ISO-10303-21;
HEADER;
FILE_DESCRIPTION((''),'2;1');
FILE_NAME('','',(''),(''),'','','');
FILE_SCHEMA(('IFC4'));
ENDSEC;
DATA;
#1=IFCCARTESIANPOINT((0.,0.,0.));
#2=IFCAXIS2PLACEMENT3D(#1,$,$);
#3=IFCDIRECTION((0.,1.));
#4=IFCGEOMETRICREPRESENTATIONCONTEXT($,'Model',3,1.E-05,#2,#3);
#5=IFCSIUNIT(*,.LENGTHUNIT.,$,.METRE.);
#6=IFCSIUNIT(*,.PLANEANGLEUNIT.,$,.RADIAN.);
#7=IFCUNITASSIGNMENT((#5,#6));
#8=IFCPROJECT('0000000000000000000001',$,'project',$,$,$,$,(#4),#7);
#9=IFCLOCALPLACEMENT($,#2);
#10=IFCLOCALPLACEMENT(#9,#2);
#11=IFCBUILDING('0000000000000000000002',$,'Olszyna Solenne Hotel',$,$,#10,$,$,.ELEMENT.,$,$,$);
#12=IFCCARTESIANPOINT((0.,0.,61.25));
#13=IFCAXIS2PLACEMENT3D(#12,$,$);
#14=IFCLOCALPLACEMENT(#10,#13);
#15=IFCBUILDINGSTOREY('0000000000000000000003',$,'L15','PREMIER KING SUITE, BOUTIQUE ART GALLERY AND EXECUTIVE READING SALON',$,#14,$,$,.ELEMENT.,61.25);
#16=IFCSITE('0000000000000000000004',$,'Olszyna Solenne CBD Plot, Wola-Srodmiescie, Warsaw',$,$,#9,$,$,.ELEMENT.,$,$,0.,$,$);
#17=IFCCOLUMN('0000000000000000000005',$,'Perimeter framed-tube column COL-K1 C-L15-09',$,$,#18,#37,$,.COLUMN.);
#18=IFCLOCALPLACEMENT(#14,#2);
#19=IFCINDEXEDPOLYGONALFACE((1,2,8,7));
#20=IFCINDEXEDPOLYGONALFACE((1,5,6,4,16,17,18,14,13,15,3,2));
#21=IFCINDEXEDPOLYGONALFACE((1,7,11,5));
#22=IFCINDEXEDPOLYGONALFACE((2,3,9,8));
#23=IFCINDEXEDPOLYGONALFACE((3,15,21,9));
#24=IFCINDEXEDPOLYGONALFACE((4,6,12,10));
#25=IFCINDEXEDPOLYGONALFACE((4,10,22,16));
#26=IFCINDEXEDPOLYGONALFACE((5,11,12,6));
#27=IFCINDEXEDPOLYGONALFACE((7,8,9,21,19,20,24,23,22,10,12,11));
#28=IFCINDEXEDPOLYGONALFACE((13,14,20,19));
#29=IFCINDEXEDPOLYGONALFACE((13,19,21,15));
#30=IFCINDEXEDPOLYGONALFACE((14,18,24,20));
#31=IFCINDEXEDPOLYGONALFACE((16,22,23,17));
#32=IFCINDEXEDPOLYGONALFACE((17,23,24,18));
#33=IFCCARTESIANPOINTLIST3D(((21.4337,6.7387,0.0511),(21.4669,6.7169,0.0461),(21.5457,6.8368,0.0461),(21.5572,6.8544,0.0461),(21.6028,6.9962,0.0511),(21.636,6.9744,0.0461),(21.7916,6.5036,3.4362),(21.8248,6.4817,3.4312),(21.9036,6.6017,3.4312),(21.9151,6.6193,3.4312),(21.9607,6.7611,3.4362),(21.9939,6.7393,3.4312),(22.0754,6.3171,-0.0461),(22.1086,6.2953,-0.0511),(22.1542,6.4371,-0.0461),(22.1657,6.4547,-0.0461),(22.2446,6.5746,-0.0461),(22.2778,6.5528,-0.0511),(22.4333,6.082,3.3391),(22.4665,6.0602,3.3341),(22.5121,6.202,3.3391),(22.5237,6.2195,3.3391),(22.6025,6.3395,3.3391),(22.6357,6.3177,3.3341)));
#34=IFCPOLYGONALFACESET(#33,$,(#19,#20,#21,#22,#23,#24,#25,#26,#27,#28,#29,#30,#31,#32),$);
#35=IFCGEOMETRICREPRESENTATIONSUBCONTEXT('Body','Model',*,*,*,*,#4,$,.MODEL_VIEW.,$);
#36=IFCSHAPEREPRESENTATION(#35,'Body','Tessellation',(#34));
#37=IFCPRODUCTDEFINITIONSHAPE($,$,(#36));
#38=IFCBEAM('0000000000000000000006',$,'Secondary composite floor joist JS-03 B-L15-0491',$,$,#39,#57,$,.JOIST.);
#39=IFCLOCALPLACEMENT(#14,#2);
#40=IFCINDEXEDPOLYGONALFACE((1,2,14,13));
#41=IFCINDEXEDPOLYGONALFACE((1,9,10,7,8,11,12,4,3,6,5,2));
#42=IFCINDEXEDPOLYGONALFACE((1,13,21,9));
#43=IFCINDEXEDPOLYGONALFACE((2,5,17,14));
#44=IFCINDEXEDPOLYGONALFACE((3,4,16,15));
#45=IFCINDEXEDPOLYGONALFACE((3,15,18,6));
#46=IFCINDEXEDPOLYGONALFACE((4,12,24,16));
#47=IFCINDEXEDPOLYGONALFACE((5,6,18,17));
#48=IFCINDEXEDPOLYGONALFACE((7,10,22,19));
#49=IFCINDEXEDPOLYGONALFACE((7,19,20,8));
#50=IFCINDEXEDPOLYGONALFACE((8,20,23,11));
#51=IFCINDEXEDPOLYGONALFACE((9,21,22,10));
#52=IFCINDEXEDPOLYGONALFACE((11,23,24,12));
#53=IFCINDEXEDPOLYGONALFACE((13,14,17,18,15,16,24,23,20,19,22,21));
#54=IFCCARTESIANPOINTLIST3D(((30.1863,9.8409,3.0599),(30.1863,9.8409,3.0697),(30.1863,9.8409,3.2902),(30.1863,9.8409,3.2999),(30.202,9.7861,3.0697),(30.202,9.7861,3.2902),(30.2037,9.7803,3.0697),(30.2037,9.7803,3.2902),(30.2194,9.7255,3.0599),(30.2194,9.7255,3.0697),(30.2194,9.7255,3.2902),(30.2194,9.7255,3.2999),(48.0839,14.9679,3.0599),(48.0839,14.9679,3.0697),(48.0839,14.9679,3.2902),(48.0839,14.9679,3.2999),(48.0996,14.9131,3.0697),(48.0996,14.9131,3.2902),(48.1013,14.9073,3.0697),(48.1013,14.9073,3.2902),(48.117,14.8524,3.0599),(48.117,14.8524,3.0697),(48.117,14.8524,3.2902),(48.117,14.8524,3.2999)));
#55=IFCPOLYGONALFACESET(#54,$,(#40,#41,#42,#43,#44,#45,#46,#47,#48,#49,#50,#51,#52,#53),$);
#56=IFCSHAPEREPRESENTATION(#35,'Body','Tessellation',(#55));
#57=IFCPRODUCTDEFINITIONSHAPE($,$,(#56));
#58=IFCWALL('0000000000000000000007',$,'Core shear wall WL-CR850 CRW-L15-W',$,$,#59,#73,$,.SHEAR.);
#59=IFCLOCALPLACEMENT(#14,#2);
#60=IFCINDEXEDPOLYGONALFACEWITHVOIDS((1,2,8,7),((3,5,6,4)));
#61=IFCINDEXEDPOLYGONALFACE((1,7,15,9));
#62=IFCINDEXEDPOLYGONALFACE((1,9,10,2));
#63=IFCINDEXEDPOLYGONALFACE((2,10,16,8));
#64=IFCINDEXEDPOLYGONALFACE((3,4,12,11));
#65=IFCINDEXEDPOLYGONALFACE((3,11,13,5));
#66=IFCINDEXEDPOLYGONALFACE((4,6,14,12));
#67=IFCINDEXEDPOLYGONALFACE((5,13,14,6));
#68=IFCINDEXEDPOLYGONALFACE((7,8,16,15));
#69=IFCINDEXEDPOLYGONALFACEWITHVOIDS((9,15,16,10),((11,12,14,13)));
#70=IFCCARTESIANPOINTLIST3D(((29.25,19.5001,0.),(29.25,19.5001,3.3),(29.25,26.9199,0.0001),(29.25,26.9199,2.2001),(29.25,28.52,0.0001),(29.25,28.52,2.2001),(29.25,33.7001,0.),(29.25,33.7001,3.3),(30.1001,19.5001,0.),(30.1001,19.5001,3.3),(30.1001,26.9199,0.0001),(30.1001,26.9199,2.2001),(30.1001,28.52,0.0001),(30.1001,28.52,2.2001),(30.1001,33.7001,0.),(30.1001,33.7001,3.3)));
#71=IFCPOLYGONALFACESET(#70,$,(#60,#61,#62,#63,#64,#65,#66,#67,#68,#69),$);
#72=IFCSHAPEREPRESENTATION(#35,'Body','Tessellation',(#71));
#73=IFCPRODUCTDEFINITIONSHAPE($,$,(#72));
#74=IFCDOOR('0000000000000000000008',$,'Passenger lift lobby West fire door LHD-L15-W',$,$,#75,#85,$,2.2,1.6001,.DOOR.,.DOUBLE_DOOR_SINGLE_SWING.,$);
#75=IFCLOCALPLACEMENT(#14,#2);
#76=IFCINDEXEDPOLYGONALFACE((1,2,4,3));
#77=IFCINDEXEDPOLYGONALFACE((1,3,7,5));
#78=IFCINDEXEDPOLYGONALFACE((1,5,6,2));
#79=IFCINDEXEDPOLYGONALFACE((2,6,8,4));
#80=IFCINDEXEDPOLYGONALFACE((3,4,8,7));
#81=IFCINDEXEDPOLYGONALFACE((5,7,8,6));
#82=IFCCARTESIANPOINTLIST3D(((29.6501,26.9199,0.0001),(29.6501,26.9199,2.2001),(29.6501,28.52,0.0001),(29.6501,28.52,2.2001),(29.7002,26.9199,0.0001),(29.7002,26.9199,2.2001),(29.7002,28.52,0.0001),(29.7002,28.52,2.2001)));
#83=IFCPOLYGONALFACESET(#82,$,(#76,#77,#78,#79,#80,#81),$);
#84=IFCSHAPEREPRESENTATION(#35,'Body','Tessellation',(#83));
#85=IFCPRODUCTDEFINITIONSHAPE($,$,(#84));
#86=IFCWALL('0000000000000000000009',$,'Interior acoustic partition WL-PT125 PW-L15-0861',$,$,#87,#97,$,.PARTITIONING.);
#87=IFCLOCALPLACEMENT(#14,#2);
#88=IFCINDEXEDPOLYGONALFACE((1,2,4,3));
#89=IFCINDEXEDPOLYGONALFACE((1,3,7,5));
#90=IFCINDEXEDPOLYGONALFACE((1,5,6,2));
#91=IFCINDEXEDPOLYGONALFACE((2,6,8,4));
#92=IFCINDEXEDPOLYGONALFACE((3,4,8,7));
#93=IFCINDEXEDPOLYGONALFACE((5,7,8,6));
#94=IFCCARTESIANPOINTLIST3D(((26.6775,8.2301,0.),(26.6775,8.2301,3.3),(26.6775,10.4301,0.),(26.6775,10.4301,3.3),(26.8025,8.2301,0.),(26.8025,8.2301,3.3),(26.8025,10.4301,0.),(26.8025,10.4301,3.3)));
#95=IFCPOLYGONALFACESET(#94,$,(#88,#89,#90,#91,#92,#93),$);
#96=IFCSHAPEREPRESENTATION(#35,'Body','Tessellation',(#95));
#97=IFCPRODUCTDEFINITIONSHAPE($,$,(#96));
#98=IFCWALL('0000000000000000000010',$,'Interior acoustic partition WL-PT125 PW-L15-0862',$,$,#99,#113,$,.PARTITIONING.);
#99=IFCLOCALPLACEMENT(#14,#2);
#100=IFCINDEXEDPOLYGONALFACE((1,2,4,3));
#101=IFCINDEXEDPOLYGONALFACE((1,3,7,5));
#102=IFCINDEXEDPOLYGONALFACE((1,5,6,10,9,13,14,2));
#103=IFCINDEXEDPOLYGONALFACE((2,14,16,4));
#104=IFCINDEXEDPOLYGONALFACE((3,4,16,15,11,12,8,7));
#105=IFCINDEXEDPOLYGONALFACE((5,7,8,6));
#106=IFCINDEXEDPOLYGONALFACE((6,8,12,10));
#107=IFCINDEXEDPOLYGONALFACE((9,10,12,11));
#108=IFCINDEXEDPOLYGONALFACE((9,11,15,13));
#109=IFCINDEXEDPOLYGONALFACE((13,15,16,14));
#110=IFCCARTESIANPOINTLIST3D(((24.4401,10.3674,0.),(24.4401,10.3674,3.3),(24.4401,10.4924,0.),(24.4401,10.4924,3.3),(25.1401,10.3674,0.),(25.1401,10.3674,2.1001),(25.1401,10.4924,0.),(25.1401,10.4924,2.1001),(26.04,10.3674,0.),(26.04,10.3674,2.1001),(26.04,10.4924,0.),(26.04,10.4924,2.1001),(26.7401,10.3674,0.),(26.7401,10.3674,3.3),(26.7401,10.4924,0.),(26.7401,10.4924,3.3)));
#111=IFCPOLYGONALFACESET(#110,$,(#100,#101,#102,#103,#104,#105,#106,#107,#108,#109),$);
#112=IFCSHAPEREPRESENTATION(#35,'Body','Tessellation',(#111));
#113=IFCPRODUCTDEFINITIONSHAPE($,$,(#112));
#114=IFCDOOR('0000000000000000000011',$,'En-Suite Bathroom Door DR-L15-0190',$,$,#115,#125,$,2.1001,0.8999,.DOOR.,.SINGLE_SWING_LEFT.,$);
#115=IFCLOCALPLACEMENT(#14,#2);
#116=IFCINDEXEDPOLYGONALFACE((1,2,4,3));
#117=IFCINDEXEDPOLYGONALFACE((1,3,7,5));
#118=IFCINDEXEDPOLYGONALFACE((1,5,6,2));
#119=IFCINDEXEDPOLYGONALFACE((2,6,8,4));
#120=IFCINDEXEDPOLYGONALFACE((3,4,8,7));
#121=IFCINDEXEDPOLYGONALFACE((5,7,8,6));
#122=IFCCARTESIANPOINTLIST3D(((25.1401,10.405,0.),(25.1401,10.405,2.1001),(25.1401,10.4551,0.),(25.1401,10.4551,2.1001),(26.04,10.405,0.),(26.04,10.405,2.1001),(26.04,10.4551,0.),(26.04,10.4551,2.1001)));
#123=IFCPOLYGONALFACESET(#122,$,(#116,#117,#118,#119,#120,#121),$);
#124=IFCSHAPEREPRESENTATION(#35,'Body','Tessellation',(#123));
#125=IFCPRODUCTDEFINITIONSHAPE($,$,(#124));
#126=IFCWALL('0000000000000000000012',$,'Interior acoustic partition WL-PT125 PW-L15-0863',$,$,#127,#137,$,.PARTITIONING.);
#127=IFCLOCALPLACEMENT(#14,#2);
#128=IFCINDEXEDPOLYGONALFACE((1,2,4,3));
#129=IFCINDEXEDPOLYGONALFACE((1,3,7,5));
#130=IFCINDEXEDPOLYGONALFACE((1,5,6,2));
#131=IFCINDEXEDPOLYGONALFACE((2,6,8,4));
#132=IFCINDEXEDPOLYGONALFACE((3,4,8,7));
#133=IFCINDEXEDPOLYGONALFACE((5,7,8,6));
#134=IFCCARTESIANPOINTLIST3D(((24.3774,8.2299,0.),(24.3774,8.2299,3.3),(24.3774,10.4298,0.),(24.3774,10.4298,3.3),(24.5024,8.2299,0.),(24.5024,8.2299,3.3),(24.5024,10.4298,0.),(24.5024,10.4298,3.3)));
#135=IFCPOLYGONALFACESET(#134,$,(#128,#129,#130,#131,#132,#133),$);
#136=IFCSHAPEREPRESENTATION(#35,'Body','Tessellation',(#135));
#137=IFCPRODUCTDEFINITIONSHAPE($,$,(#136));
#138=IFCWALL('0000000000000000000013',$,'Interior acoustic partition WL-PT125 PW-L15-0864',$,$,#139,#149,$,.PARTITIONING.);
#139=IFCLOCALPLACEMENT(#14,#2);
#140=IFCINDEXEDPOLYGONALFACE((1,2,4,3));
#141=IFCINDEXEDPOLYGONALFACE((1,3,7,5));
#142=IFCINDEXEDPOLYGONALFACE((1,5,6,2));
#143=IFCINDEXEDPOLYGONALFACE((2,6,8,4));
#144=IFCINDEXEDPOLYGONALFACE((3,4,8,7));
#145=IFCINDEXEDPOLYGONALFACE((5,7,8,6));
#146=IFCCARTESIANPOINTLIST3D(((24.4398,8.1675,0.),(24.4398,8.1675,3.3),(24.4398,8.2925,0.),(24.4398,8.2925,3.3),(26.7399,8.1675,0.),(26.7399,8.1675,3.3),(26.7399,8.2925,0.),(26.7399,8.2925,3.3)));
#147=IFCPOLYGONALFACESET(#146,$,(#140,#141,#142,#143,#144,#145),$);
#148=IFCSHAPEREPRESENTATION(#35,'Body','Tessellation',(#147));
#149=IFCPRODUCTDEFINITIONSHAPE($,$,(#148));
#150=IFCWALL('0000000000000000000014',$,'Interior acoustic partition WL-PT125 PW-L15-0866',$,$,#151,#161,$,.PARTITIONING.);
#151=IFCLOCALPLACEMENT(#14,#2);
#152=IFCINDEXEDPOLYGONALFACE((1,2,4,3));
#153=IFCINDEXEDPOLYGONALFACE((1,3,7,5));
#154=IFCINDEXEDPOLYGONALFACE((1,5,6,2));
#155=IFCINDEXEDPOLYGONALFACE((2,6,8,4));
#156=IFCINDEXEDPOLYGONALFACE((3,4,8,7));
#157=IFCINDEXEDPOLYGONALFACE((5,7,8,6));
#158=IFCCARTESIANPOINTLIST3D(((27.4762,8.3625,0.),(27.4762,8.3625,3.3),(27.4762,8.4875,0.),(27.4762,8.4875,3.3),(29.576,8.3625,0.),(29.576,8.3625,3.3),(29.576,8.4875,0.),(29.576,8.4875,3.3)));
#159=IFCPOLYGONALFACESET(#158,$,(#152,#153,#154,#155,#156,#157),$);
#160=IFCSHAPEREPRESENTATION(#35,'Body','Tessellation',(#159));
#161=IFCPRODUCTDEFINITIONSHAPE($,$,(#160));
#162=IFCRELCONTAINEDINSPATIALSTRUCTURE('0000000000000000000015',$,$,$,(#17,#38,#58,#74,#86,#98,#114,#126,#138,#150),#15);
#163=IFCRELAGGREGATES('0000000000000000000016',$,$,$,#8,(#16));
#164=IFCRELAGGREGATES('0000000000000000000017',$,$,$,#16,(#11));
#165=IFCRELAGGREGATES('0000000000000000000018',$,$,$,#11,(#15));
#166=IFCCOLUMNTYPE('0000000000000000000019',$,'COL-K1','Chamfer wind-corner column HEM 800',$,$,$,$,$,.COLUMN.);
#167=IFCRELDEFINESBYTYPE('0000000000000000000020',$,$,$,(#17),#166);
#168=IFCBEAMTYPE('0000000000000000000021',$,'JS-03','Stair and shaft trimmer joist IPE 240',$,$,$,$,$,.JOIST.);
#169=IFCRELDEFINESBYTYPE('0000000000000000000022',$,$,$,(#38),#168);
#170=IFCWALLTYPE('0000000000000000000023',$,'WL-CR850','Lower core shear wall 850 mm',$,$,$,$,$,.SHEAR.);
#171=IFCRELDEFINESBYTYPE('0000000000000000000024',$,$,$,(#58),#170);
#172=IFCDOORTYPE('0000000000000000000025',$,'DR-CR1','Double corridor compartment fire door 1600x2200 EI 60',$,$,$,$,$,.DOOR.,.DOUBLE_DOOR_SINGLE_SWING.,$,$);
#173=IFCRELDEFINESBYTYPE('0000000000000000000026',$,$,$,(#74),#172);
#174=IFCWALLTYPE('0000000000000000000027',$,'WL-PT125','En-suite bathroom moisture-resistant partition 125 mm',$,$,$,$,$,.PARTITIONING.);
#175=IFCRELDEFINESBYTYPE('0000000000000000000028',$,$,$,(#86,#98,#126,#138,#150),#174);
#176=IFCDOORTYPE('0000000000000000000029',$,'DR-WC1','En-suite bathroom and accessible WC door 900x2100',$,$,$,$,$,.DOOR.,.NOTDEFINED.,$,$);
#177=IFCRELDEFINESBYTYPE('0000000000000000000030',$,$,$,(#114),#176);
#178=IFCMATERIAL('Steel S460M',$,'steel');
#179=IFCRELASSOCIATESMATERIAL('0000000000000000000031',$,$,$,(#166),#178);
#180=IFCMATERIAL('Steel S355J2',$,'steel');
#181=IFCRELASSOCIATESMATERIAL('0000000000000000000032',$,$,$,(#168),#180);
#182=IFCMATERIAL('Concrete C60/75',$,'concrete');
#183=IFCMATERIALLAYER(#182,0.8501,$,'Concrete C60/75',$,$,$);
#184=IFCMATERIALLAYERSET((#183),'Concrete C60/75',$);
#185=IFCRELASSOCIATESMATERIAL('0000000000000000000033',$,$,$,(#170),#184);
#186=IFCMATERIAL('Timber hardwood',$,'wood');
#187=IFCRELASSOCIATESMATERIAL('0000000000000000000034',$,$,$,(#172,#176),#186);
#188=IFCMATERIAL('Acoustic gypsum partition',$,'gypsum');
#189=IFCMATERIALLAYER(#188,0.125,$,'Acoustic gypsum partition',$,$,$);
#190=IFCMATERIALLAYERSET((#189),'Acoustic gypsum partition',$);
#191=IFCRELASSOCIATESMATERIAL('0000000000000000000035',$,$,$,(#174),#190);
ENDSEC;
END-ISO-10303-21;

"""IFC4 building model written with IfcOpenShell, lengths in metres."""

from ifc_helpers import new_model, si_unit, direction, frame, frame_2d, origin, origin_2d, place, context, subcontext, project, spatial, rectangle, i_section, extrude, source, transform, mapped, material, layer, layer_set, material_profile, profile_set, type_object, type_shapes, element, fill, save


model = new_model("IFC4")

# Units and contexts
model_context = context("Model", 3, precision=1e-05, world=origin(), true_north=direction((0.0, 1.0)))
body_context = subcontext(model_context, "Body", "Model", "MODEL_VIEW")
ifc_project = project(units=[si_unit("LENGTHUNIT", "METRE"), si_unit("PLANEANGLEUNIT", "RADIAN")], contexts=[model_context])

# Site, building, storey
site_placement = place(None, origin())
site = spatial("IfcSite", under=ifc_project, at=site_placement, Name="Olszyna Solenne CBD Plot, Wola-Srodmiescie, Warsaw", CompositionType="ELEMENT", RefElevation=0.0)
building_placement = place(site_placement, origin())
building = spatial("IfcBuilding", under=site, at=building_placement, Name="Olszyna Solenne Hotel", CompositionType="ELEMENT")
storey_placement = place(building_placement, frame((0.0, 0.0, 61.25)))
storey = spatial("IfcBuildingStorey", under=building, at=storey_placement, Name="L15", Description="PREMIER KING SUITE, BOUTIQUE ART GALLERY AND EXECUTIVE READING SALON", CompositionType="ELEMENT", Elevation=61.25)

# Column
ifc_material_1 = material(Name="Steel S460M", Category="steel")
ifc_material_profile_1 = material_profile(ifc_material_1, i_section(OverallWidth=0.3081, OverallDepth=0.814, WebThickness=0.021, FlangeThickness=0.04, at=origin_2d()), Name="HEM 800", Category="load-bearing")
ifc_profile_set_1 = profile_set([ifc_material_profile_1], Name="Steel S460M")
column_type = type_object("IfcColumnType", Name="COL-K1", Description="Chamfer wind-corner column HEM 800", PredefinedType="COLUMN", material=ifc_profile_set_1)
shared_shape_1 = source(origin(), body_context, "Body", "SweptSolid", [
    extrude(i_section(OverallWidth=0.3081, OverallDepth=0.814, WebThickness=0.021, FlangeThickness=0.04, at=origin_2d()), origin(), (0.0, 0.0, 1.0), 3.4121),
])
column_placement = place(storey_placement, frame((21.8557, 6.6458, 0.0), z_axis=(0.104898, -0.068906, 0.992093), x_axis=(0.54903, 0.835803, 0.0)))
element("IfcColumn", 1, at=column_placement, inside=storey, type_object=column_type, Name="Perimeter framed-tube column COL-K1 C-L15-09", PredefinedType="COLUMN", context=body_context, shape_type="MappedRepresentation", body=[
    mapped(shared_shape_1, transform((0.0, 0.0, 0.0), x_axis=(1.0, 0.0, 0.0), y_axis=(0.0, 1.0, 0.0), z_axis=(0.0, 0.0, 1.0), scale=1.0)),
])

# Beam
ifc_material_2 = material(Name="Steel S355J2", Category="steel")
ifc_material_profile_2 = material_profile(ifc_material_2, i_section(OverallWidth=0.1201, OverallDepth=0.24, WebThickness=0.0061, FlangeThickness=0.0098, at=origin_2d()), Name="IPE 240", Category="load-bearing")
ifc_profile_set_2 = profile_set([ifc_material_profile_2], Name="Steel S355J2")
beam_type = type_object("IfcBeamType", Name="JS-03", Description="Stair and shaft trimmer joist IPE 240", PredefinedType="JOIST", material=ifc_profile_set_2)
shared_shape_2 = source(origin(), body_context, "Body", "SweptSolid", [
    extrude(i_section(OverallWidth=0.1201, OverallDepth=0.24, WebThickness=0.0061, FlangeThickness=0.0098, at=origin_2d()), origin(), (0.0, 0.0, 1.0), 18.6174),
])
beam_placement = place(storey_placement, frame((30.2029, 9.7832, 3.1799), z_axis=(0.961334, 0.275386, 0.0), x_axis=(-0.275386, 0.961334, 0.0)))
element("IfcBeam", 2, at=beam_placement, inside=storey, type_object=beam_type, Name="Secondary composite floor joist JS-03 B-L15-0491", PredefinedType="JOIST", context=body_context, shape_type="MappedRepresentation", body=[
    mapped(shared_shape_2, transform((0.0, 0.0, 0.0), x_axis=(1.0, 0.0, 0.0), y_axis=(0.0, 1.0, 0.0), z_axis=(0.0, 0.0, 1.0), scale=1.0)),
])

# Wall, opening, door
ifc_material_3 = material(Name="Concrete C60/75", Category="concrete")
ifc_layer_1 = layer(ifc_material_3, 0.8501, Name="Concrete C60/75")
ifc_layer_set_1 = layer_set([ifc_layer_1], Name="Concrete C60/75")
wall_type_1 = type_object("IfcWallType", Name="WL-CR850", Description="Lower core shear wall 850 mm", PredefinedType="SHEAR", material=ifc_layer_set_1)
wall_1_placement = place(storey_placement, frame((29.675, 19.5, 0.0), z_axis=(0.0, 0.0, 1.0), x_axis=(0.0, 1.0, 0.0)))
wall_1 = element("IfcWall", 3, at=wall_1_placement, inside=storey, type_object=wall_type_1, Name="Core shear wall WL-CR850 CRW-L15-W", PredefinedType="SHEAR", context=body_context, shape_type="SweptSolid", body=[
    extrude(rectangle(XDim=14.2, YDim=0.8501, at=frame_2d((7.1001, 0.0))), origin(), (0.0, 0.0, 1.0), 3.3),
])
opening_1_placement = place(wall_1_placement, frame((7.4199, 0.0, 0.0)))
opening_1 = element("IfcOpeningElement", 4, at=opening_1_placement, cuts=wall_1, PredefinedType="OPENING", context=body_context, shape_type="SweptSolid", body=[
    extrude(rectangle(XDim=1.6001, YDim=2.2, at=frame_2d((0.8, 1.1001))), frame((0.0, 0.4351, 0.0), z_axis=(0.0, -1.0, 0.0), x_axis=(1.0, 0.0, 0.0)), (0.0, 0.0, 1.0), 0.8701),
])
ifc_material_4 = material(Name="Timber hardwood", Category="wood")
door_type_1 = type_object("IfcDoorType", Name="DR-CR1", Description="Double corridor compartment fire door 1600x2200 EI 60", OperationType="DOUBLE_DOOR_SINGLE_SWING", PredefinedType="DOOR", material=ifc_material_4)
shared_shape_3 = source(origin(), body_context, "Body", "SweptSolid", [
    extrude(rectangle(XDim=1.6001, YDim=2.2, at=frame_2d((0.8, 1.1001))), frame((0.0, 0.0249, 0.0), z_axis=(0.0, -1.0, 0.0), x_axis=(1.0, 0.0, 0.0)), (0.0, 0.0, 1.0), 0.05),
])
type_shapes(door_type_1, [shared_shape_3])
door_1_placement = place(opening_1_placement, origin())
door_1 = element("IfcDoor", 5, at=door_1_placement, inside=storey, type_object=door_type_1, Name="Passenger lift lobby West fire door LHD-L15-W", OperationType="DOUBLE_DOOR_SINGLE_SWING", OverallHeight=2.2, OverallWidth=1.6001, PredefinedType="DOOR", context=body_context, shape_type="MappedRepresentation", body=[
    mapped(shared_shape_3, transform((0.0, 0.0, 0.0), x_axis=(1.0, 0.0, 0.0), y_axis=(0.0, 1.0, 0.0), z_axis=(0.0, 0.0, 1.0), scale=1.0)),
])
fill(opening_1, door_1)

# Wall
ifc_material_5 = material(Name="Acoustic gypsum partition", Category="gypsum")
ifc_layer_2 = layer(ifc_material_5, 0.125, Name="Acoustic gypsum partition")
ifc_layer_set_2 = layer_set([ifc_layer_2], Name="Acoustic gypsum partition")
wall_type_2 = type_object("IfcWallType", Name="WL-PT125", Description="En-suite bathroom moisture-resistant partition 125 mm", PredefinedType="PARTITIONING", material=ifc_layer_set_2)
wall_2_placement = place(storey_placement, frame((26.74, 8.23, 0.0), z_axis=(0.0, 0.0, 1.0), x_axis=(0.0, 1.0, 0.0)))
element("IfcWall", 6, at=wall_2_placement, inside=storey, type_object=wall_type_2, Name="Interior acoustic partition WL-PT125 PW-L15-0861", PredefinedType="PARTITIONING", context=body_context, shape_type="SweptSolid", body=[
    extrude(rectangle(XDim=2.2, YDim=0.125, at=frame_2d((1.1001, 0.0))), origin(), (0.0, 0.0, 1.0), 3.3),
])

# Wall, opening, door
wall_3_placement = place(storey_placement, frame((26.74, 10.4299, 0.0), z_axis=(0.0, 0.0, 1.0), x_axis=(-1.0, 0.0, 0.0)))
wall_3 = element("IfcWall", 7, at=wall_3_placement, inside=storey, type_object=wall_type_2, Name="Interior acoustic partition WL-PT125 PW-L15-0862", PredefinedType="PARTITIONING", context=body_context, shape_type="SweptSolid", body=[
    extrude(rectangle(XDim=2.3, YDim=0.125, at=frame_2d((1.1499, 0.0))), origin(), (0.0, 0.0, 1.0), 3.3),
])
opening_2_placement = place(wall_3_placement, frame((0.7, 0.0, 0.0)))
opening_2 = element("IfcOpeningElement", 8, at=opening_2_placement, cuts=wall_3, PredefinedType="OPENING", context=body_context, shape_type="SweptSolid", body=[
    extrude(rectangle(XDim=0.8999, YDim=2.1001, at=frame_2d((0.45, 1.05))), frame((0.0, 0.0725, 0.0), z_axis=(0.0, -1.0, 0.0), x_axis=(1.0, 0.0, 0.0)), (0.0, 0.0, 1.0), 0.145),
])
door_type_2 = type_object("IfcDoorType", Name="DR-WC1", Description="En-suite bathroom and accessible WC door 900x2100", OperationType="NOTDEFINED", PredefinedType="DOOR", material=ifc_material_4)
shared_shape_4 = source(origin(), body_context, "Body", "SweptSolid", [
    extrude(rectangle(XDim=0.8999, YDim=2.1001, at=frame_2d((0.45, 1.05))), frame((0.0, 0.0249, 0.0), z_axis=(0.0, -1.0, 0.0), x_axis=(1.0, 0.0, 0.0)), (0.0, 0.0, 1.0), 0.05),
])
type_shapes(door_type_2, [shared_shape_4])
door_2_placement = place(opening_2_placement, origin())
door_2 = element("IfcDoor", 9, at=door_2_placement, inside=storey, type_object=door_type_2, Name="En-Suite Bathroom Door DR-L15-0190", OperationType="SINGLE_SWING_LEFT", OverallHeight=2.1001, OverallWidth=0.8999, PredefinedType="DOOR", context=body_context, shape_type="MappedRepresentation", body=[
    mapped(shared_shape_4, transform((0.0, 0.0, 0.0), x_axis=(1.0, 0.0, 0.0), y_axis=(0.0, 1.0, 0.0), z_axis=(0.0, 0.0, 1.0), scale=1.0)),
])
fill(opening_2, door_2)

# Walls
wall_4_placement = place(storey_placement, frame((24.4399, 10.4299, 0.0), z_axis=(0.0, 0.0, 1.0), x_axis=(0.0, -1.0, 0.0)))
element("IfcWall", 10, at=wall_4_placement, inside=storey, type_object=wall_type_2, Name="Interior acoustic partition WL-PT125 PW-L15-0863", PredefinedType="PARTITIONING", context=body_context, shape_type="SweptSolid", body=[
    extrude(rectangle(XDim=2.2, YDim=0.125, at=frame_2d((1.1001, 0.0))), origin(), (0.0, 0.0, 1.0), 3.3),
])
wall_5_placement = place(storey_placement, frame((24.4399, 8.23, 0.0), z_axis=(0.0, 0.0, 1.0), x_axis=(1.0, 0.0, 0.0)))
element("IfcWall", 11, at=wall_5_placement, inside=storey, type_object=wall_type_2, Name="Interior acoustic partition WL-PT125 PW-L15-0864", PredefinedType="PARTITIONING", context=body_context, shape_type="SweptSolid", body=[
    extrude(rectangle(XDim=2.3, YDim=0.125, at=frame_2d((1.1499, 0.0))), origin(), (0.0, 0.0, 1.0), 3.3),
])
wall_6_placement = place(storey_placement, frame((29.5759, 8.425, 0.0), z_axis=(0.0, 0.0, 1.0), x_axis=(-1.0, 0.0, 0.0)))
element("IfcWall", 12, at=wall_6_placement, inside=storey, type_object=wall_type_2, Name="Interior acoustic partition WL-PT125 PW-L15-0866", PredefinedType="PARTITIONING", context=body_context, shape_type="SweptSolid", body=[
    extrude(rectangle(XDim=2.0999, YDim=0.125, at=frame_2d((1.0498, 0.0))), origin(), (0.0, 0.0, 1.0), 3.3),
])

save(model, "model.ifc")
